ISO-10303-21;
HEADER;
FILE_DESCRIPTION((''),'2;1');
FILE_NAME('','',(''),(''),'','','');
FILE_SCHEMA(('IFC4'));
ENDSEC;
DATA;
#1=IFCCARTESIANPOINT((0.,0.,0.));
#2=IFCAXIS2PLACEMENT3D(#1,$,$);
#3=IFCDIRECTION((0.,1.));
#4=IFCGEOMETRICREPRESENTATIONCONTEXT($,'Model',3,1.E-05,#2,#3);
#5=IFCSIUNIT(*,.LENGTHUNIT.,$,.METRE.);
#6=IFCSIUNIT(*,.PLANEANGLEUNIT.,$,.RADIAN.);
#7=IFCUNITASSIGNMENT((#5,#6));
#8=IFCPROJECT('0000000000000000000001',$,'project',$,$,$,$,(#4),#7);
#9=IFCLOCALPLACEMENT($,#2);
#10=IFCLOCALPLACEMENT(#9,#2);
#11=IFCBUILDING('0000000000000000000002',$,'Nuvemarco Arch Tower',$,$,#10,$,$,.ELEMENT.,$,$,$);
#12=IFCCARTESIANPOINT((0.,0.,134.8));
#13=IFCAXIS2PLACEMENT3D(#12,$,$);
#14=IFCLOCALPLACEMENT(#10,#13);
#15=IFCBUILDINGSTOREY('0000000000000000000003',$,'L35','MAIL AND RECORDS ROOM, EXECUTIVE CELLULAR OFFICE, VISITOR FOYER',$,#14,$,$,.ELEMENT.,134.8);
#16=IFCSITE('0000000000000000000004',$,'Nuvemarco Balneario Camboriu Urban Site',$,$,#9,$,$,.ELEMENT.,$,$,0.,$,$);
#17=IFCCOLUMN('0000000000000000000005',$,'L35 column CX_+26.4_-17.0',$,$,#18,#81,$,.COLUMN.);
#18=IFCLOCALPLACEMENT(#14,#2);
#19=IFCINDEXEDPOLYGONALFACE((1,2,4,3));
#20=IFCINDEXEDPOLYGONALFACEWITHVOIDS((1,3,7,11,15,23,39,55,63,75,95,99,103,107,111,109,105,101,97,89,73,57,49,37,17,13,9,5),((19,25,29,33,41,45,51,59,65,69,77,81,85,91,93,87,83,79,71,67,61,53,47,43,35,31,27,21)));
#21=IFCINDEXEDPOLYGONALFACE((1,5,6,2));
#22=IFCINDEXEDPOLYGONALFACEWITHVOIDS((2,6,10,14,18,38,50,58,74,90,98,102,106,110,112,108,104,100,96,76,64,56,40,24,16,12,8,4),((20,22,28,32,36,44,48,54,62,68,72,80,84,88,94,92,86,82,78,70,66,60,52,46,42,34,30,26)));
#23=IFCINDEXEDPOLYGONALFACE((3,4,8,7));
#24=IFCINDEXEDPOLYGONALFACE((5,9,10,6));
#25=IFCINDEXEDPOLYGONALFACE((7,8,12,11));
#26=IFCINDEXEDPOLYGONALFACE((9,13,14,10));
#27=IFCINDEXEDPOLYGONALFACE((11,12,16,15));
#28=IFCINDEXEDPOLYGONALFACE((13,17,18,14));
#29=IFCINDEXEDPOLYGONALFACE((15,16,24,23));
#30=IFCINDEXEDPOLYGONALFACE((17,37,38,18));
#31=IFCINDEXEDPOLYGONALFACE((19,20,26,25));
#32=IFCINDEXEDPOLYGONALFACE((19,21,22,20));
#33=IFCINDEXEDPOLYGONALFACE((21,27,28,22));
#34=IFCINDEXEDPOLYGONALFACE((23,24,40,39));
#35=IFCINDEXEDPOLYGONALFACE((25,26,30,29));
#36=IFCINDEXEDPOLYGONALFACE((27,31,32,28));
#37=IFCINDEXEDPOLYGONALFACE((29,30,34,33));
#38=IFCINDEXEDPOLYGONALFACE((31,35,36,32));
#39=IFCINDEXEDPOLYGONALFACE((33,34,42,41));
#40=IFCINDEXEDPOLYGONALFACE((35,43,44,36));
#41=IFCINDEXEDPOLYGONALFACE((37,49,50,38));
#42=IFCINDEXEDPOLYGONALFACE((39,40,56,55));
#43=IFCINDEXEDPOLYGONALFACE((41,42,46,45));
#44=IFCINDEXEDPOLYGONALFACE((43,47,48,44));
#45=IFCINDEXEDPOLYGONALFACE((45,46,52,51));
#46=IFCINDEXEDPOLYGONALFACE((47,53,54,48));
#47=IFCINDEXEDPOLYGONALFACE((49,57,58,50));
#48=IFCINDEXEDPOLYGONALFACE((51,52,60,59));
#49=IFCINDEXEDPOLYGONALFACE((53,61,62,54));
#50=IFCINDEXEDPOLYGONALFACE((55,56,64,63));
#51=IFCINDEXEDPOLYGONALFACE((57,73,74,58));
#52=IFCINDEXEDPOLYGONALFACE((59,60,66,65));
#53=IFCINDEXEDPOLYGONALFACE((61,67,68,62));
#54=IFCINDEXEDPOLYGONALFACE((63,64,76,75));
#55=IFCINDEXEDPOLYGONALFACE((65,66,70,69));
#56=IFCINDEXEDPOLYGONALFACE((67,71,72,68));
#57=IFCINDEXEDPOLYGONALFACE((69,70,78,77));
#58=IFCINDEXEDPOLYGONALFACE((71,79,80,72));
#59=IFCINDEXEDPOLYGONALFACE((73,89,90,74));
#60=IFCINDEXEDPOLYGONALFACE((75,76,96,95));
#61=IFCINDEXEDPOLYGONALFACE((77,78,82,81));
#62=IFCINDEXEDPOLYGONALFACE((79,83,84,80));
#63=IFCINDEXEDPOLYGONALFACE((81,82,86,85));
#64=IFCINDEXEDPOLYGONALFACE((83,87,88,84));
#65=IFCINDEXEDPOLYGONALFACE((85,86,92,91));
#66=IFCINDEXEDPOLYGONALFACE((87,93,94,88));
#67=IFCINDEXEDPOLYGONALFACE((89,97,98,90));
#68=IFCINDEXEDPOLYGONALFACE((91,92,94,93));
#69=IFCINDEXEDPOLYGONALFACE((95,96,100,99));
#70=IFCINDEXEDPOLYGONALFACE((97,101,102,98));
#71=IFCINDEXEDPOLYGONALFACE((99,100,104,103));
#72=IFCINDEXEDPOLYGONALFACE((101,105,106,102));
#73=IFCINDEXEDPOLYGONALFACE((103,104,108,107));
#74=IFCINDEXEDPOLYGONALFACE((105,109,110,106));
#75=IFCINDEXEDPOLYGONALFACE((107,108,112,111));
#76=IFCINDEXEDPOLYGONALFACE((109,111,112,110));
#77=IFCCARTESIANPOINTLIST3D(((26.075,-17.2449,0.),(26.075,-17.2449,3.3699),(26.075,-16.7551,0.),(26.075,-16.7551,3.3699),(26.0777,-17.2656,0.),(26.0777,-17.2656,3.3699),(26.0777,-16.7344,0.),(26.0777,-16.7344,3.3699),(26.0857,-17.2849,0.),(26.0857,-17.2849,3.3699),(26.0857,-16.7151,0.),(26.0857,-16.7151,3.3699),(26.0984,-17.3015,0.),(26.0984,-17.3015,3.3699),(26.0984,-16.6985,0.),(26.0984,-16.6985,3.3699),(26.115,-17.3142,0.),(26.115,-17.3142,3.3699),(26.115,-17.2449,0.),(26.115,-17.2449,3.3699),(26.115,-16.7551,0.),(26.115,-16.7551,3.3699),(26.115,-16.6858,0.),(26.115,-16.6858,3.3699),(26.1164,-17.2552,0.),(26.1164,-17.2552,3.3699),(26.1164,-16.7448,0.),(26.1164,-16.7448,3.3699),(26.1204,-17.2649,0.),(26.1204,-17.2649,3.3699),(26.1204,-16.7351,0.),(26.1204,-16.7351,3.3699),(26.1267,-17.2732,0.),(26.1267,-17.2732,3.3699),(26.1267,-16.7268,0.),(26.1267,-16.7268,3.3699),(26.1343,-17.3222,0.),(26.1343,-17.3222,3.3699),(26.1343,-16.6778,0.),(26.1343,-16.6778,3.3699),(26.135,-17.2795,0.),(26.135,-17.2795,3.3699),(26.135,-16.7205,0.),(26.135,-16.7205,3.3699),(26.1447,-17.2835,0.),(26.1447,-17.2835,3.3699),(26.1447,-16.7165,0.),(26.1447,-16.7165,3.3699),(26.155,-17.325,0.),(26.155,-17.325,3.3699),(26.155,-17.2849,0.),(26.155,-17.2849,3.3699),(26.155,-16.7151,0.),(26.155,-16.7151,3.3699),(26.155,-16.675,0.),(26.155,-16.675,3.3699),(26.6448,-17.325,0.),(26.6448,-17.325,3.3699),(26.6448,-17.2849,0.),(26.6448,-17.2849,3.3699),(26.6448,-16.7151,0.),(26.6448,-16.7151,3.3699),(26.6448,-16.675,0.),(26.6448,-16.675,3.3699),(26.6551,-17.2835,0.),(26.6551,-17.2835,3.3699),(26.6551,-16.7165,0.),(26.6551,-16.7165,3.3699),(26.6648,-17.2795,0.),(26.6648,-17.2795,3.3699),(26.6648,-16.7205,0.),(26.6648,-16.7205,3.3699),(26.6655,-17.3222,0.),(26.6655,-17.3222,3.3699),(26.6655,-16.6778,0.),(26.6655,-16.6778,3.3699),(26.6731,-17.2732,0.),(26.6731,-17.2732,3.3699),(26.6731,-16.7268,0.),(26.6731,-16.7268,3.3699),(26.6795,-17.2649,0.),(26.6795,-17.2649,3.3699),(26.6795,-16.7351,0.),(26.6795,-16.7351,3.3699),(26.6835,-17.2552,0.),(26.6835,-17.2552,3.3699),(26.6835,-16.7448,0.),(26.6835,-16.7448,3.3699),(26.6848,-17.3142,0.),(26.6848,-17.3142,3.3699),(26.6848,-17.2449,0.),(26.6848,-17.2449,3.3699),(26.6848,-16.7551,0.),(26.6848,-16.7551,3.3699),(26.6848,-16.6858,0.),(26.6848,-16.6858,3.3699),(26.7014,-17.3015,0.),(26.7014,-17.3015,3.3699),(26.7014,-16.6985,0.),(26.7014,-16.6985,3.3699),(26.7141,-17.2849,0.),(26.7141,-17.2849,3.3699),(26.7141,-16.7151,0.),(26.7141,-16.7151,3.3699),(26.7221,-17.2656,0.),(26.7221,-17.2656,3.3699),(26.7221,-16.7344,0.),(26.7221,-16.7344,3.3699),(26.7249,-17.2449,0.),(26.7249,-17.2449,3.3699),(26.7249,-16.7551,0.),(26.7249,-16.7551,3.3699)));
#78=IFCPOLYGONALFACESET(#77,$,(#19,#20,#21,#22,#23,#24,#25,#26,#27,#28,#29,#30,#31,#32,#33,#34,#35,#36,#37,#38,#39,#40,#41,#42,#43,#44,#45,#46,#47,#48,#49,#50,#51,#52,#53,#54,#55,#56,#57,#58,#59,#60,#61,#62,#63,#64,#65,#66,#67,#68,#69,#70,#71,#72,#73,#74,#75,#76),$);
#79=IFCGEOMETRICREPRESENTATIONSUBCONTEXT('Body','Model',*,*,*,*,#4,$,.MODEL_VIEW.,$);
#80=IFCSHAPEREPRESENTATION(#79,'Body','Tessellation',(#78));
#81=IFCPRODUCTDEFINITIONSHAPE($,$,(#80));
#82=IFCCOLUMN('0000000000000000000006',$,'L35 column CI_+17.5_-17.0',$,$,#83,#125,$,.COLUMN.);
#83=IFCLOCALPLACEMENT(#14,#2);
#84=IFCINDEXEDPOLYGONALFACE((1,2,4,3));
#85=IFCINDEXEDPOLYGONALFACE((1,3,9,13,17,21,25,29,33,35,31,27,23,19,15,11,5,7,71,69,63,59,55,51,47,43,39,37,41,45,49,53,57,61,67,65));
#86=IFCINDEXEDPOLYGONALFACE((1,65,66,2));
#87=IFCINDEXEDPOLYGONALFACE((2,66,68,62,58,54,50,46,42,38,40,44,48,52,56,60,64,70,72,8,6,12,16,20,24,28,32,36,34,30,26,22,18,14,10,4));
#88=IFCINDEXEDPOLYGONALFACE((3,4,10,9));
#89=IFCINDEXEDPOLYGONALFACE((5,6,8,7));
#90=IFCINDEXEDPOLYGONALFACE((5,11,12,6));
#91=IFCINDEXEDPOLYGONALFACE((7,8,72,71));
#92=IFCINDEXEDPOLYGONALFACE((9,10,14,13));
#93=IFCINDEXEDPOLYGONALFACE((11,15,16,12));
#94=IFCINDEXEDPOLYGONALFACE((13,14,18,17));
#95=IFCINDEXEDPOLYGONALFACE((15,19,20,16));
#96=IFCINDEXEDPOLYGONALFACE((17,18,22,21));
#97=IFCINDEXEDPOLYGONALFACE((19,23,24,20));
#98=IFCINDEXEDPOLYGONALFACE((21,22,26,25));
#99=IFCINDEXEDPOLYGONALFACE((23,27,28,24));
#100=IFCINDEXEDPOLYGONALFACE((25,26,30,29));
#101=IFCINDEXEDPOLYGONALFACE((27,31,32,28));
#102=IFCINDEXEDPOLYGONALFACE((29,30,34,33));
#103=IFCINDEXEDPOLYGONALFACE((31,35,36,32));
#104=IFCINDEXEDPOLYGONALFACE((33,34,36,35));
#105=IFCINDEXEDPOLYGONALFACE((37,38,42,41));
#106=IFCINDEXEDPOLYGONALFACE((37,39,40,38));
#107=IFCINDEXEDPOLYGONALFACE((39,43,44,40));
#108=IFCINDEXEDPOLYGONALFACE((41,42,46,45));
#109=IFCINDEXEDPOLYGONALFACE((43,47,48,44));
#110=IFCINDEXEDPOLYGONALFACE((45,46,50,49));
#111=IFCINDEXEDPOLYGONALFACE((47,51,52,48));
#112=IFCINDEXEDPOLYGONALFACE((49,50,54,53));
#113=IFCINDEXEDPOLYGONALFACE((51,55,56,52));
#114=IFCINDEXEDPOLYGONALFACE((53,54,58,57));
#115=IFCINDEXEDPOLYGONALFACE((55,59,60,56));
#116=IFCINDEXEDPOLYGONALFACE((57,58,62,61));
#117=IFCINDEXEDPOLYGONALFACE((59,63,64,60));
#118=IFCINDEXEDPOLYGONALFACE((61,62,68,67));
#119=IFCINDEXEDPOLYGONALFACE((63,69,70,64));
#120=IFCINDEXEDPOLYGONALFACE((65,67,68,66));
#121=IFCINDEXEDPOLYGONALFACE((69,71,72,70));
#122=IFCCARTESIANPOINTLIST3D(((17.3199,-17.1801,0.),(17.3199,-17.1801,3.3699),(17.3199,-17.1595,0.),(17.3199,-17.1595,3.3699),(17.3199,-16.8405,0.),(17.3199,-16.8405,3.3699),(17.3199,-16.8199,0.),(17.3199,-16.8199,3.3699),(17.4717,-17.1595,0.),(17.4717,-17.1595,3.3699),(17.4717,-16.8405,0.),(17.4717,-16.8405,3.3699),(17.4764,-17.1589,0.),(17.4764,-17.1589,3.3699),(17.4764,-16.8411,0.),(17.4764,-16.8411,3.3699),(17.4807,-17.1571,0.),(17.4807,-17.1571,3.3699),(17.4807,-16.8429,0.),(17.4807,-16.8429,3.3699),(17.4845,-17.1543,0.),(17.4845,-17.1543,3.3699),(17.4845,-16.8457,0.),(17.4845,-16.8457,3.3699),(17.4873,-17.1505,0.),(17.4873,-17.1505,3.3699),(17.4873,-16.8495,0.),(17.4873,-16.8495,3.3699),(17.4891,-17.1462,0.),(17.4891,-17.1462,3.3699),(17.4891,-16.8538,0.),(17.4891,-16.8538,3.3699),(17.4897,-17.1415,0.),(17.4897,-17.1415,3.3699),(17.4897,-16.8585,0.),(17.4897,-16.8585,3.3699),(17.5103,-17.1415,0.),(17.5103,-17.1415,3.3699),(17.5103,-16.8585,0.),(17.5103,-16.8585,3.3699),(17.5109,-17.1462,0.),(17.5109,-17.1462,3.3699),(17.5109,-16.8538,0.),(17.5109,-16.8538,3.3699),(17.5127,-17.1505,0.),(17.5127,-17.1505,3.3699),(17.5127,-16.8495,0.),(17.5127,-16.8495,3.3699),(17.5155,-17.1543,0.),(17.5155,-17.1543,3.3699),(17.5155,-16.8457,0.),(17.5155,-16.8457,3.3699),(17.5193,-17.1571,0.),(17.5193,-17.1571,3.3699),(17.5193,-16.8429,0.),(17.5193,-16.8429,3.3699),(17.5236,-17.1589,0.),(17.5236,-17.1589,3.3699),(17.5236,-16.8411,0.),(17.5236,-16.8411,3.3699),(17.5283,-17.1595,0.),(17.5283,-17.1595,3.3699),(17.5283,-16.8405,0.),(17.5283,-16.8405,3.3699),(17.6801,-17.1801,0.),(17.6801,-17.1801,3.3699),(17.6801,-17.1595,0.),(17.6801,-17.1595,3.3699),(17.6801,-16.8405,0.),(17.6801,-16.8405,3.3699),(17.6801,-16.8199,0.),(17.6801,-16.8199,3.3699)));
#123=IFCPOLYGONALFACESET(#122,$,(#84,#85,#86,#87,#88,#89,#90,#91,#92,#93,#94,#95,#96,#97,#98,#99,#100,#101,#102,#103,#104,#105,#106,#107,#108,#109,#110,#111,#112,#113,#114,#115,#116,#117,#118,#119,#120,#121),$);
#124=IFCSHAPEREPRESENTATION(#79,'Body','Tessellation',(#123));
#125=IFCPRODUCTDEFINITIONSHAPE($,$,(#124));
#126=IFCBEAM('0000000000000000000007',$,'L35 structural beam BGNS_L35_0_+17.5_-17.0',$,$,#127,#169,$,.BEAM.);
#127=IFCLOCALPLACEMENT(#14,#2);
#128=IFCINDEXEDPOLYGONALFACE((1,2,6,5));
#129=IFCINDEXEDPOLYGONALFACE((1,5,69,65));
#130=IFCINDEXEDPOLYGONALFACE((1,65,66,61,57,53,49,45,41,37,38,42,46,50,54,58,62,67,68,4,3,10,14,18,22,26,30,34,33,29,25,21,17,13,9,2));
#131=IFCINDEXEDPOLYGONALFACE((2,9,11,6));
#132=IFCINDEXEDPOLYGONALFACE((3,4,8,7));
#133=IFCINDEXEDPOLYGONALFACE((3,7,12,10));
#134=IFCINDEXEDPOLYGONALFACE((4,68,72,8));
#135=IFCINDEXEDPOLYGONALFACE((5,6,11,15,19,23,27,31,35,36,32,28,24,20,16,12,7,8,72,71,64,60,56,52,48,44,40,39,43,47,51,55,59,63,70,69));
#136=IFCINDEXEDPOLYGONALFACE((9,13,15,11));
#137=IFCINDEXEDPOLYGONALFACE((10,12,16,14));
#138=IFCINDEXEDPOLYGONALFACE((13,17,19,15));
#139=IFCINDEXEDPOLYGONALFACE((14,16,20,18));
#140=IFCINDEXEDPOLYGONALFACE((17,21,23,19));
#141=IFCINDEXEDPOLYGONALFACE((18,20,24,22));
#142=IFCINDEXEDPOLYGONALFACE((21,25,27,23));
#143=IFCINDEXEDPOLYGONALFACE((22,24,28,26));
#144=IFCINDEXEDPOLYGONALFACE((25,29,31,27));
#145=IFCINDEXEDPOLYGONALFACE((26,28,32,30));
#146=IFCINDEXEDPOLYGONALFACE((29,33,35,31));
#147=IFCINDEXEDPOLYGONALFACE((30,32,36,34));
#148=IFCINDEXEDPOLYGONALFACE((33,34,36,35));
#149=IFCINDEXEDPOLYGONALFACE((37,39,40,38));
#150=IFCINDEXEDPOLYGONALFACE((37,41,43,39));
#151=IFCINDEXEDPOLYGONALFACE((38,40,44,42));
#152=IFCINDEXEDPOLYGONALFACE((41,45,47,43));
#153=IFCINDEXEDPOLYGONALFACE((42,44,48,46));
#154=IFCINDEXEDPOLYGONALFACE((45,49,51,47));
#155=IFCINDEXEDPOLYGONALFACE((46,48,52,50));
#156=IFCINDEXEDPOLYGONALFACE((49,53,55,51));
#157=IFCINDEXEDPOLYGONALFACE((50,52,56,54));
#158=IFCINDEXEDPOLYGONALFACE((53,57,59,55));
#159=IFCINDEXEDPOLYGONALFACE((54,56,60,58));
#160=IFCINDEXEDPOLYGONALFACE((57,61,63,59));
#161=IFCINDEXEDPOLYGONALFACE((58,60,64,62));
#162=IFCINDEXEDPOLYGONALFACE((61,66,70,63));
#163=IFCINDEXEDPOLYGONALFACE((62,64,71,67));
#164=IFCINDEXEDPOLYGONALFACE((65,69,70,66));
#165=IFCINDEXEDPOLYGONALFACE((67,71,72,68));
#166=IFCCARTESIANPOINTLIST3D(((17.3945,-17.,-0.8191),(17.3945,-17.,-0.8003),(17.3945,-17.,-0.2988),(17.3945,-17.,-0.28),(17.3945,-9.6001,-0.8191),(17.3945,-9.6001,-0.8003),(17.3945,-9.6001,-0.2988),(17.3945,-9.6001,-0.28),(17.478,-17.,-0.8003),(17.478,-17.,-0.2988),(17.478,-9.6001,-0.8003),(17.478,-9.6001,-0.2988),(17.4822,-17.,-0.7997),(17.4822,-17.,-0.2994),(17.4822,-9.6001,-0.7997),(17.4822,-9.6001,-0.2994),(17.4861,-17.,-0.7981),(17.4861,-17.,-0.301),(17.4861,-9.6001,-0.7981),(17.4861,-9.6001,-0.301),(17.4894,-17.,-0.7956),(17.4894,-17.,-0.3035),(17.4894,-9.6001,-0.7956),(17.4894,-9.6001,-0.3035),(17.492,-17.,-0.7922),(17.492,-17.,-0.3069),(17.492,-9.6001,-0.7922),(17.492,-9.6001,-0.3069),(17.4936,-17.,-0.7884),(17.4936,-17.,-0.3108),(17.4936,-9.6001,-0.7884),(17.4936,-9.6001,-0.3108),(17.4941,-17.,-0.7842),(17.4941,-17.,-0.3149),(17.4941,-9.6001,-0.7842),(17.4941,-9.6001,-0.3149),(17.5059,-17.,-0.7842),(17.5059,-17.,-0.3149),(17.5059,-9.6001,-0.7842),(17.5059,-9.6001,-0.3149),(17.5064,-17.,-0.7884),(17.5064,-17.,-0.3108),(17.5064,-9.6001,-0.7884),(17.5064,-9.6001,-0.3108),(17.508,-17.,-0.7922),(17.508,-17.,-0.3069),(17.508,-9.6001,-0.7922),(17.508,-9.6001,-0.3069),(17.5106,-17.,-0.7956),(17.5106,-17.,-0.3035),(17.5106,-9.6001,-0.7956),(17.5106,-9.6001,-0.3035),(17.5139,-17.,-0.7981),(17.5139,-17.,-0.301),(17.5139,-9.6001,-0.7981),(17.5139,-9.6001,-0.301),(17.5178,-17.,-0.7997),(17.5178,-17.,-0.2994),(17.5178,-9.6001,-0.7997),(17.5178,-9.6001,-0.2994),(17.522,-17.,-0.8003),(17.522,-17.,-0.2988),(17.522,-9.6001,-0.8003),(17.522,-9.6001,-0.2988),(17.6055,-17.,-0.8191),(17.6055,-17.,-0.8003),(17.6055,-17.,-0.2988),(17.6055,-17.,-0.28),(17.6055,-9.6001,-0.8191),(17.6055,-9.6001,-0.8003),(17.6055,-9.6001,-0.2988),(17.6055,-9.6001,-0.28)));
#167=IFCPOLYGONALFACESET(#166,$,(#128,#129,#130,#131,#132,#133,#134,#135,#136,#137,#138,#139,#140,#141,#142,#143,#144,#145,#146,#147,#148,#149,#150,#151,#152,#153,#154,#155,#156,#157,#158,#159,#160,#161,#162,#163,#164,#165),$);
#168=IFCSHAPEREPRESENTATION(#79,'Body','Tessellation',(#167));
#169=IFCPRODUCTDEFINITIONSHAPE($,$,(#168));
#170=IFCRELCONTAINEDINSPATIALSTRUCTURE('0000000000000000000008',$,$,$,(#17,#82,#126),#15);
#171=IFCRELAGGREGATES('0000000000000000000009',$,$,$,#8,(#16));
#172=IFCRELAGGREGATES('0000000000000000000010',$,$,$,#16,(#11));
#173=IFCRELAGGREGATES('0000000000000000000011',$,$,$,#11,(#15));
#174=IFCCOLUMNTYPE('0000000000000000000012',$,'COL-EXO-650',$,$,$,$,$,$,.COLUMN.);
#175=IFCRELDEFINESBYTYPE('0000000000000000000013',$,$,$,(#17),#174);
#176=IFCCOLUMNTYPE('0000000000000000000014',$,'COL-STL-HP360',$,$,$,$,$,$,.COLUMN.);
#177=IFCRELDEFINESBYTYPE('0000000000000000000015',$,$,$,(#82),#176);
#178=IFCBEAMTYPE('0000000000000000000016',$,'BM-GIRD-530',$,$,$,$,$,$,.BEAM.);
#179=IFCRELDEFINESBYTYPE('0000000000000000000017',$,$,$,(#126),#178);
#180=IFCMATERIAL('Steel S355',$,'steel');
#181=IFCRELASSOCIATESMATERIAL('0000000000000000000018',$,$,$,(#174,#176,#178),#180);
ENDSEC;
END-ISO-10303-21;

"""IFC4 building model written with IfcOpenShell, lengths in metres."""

from ifc_helpers import new_model, si_unit, direction, frame, origin, origin_2d, place, context, subcontext, project, spatial, hollow_rectangle, i_section, extrude, material, material_profile, profile_set, type_object, element, save


model = new_model("IFC4")

# Units and contexts
model_context = context("Model", 3, precision=1e-05, world=origin(), true_north=direction((0.0, 1.0)))
body_context = subcontext(model_context, "Body", "Model", "MODEL_VIEW")
ifc_project = project(units=[si_unit("LENGTHUNIT", "METRE"), si_unit("PLANEANGLEUNIT", "RADIAN")], contexts=[model_context])

# Site, building, storey
site_placement = place(None, origin())
site = spatial("IfcSite", under=ifc_project, at=site_placement, Name="Nuvemarco Balneario Camboriu Urban Site", CompositionType="ELEMENT", RefElevation=0.0)
building_placement = place(site_placement, origin())
building = spatial("IfcBuilding", under=site, at=building_placement, Name="Nuvemarco Arch Tower", CompositionType="ELEMENT")
storey_placement = place(building_placement, frame((0.0, 0.0, 134.8)))
storey = spatial("IfcBuildingStorey", under=building, at=storey_placement, Name="L35", Description="MAIL AND RECORDS ROOM, EXECUTIVE CELLULAR OFFICE, VISITOR FOYER", CompositionType="ELEMENT", Elevation=134.8)

# Columns
ifc_material_1 = material(Name="Steel S355", Category="steel")
ifc_material_profile_1 = material_profile(ifc_material_1, hollow_rectangle(XDim=0.6499, YDim=0.6499, WallThickness=0.04, InnerFilletRadius=0.04, OuterFilletRadius=0.0801, at=origin_2d()), Name="SHS650x650x40")
ifc_profile_set_1 = profile_set([ifc_material_profile_1], Name="Steel S355")
column_type_1 = type_object("IfcColumnType", Name="COL-EXO-650", PredefinedType="COLUMN", material=ifc_profile_set_1)
column_1_placement = place(storey_placement, frame((26.3999, -17.0, 0.0), z_axis=(0.0, 0.0, 1.0), x_axis=(1.0, 0.0, 0.0)))
element("IfcColumn", 1, at=column_1_placement, inside=storey, type_object=column_type_1, Name="L35 column CX_+26.4_-17.0", PredefinedType="COLUMN", context=body_context, shape_type="SweptSolid", body=[
    extrude(hollow_rectangle(XDim=0.6499, YDim=0.6499, WallThickness=0.04, InnerFilletRadius=0.04, OuterFilletRadius=0.0801, at=origin_2d()), origin(), (0.0, 0.0, 1.0), 3.3699),
])
ifc_material_profile_2 = material_profile(ifc_material_1, i_section(OverallWidth=0.3601, OverallDepth=0.3601, WebThickness=0.0205, FlangeThickness=0.0205, FilletRadius=0.0181, at=origin_2d()), Name="HP360x174")
ifc_profile_set_2 = profile_set([ifc_material_profile_2], Name="Steel S355")
column_type_2 = type_object("IfcColumnType", Name="COL-STL-HP360", PredefinedType="COLUMN", material=ifc_profile_set_2)
column_2_placement = place(storey_placement, frame((17.5, -17.0, 0.0), z_axis=(0.0, 0.0, 1.0), x_axis=(1.0, 0.0, 0.0)))
element("IfcColumn", 2, at=column_2_placement, inside=storey, type_object=column_type_2, Name="L35 column CI_+17.5_-17.0", PredefinedType="COLUMN", context=body_context, shape_type="SweptSolid", body=[
    extrude(i_section(OverallWidth=0.3601, OverallDepth=0.3601, WebThickness=0.0205, FlangeThickness=0.0205, FilletRadius=0.0181, at=origin_2d()), origin(), (0.0, 0.0, 1.0), 3.3699),
])

# Beam
ifc_material_profile_3 = material_profile(ifc_material_1, i_section(OverallWidth=0.2109, OverallDepth=0.5391, WebThickness=0.0117, FlangeThickness=0.0188, FilletRadius=0.0161, at=origin_2d()), Name="W530x109")
ifc_profile_set_3 = profile_set([ifc_material_profile_3], Name="Steel S355")
beam_type_1 = type_object("IfcBeamType", Name="BM-GIRD-530", PredefinedType="BEAM", material=ifc_profile_set_3)
beam_1_placement = place(storey_placement, frame((17.5, -17.0, -0.5496), z_axis=(0.0, 1.0, 0.0), x_axis=(-1.0, 0.0, 0.0)))
element("IfcBeam", 3, at=beam_1_placement, inside=storey, type_object=beam_type_1, Name="L35 structural beam BGNS_L35_0_+17.5_-17.0", PredefinedType="BEAM", context=body_context, shape_type="SweptSolid", body=[
    extrude(i_section(OverallWidth=0.2109, OverallDepth=0.5391, WebThickness=0.0117, FlangeThickness=0.0188, FilletRadius=0.0161, at=origin_2d()), origin(), (0.0, 0.0, 1.0), 7.3999),
])

save(model, "model.ifc")
